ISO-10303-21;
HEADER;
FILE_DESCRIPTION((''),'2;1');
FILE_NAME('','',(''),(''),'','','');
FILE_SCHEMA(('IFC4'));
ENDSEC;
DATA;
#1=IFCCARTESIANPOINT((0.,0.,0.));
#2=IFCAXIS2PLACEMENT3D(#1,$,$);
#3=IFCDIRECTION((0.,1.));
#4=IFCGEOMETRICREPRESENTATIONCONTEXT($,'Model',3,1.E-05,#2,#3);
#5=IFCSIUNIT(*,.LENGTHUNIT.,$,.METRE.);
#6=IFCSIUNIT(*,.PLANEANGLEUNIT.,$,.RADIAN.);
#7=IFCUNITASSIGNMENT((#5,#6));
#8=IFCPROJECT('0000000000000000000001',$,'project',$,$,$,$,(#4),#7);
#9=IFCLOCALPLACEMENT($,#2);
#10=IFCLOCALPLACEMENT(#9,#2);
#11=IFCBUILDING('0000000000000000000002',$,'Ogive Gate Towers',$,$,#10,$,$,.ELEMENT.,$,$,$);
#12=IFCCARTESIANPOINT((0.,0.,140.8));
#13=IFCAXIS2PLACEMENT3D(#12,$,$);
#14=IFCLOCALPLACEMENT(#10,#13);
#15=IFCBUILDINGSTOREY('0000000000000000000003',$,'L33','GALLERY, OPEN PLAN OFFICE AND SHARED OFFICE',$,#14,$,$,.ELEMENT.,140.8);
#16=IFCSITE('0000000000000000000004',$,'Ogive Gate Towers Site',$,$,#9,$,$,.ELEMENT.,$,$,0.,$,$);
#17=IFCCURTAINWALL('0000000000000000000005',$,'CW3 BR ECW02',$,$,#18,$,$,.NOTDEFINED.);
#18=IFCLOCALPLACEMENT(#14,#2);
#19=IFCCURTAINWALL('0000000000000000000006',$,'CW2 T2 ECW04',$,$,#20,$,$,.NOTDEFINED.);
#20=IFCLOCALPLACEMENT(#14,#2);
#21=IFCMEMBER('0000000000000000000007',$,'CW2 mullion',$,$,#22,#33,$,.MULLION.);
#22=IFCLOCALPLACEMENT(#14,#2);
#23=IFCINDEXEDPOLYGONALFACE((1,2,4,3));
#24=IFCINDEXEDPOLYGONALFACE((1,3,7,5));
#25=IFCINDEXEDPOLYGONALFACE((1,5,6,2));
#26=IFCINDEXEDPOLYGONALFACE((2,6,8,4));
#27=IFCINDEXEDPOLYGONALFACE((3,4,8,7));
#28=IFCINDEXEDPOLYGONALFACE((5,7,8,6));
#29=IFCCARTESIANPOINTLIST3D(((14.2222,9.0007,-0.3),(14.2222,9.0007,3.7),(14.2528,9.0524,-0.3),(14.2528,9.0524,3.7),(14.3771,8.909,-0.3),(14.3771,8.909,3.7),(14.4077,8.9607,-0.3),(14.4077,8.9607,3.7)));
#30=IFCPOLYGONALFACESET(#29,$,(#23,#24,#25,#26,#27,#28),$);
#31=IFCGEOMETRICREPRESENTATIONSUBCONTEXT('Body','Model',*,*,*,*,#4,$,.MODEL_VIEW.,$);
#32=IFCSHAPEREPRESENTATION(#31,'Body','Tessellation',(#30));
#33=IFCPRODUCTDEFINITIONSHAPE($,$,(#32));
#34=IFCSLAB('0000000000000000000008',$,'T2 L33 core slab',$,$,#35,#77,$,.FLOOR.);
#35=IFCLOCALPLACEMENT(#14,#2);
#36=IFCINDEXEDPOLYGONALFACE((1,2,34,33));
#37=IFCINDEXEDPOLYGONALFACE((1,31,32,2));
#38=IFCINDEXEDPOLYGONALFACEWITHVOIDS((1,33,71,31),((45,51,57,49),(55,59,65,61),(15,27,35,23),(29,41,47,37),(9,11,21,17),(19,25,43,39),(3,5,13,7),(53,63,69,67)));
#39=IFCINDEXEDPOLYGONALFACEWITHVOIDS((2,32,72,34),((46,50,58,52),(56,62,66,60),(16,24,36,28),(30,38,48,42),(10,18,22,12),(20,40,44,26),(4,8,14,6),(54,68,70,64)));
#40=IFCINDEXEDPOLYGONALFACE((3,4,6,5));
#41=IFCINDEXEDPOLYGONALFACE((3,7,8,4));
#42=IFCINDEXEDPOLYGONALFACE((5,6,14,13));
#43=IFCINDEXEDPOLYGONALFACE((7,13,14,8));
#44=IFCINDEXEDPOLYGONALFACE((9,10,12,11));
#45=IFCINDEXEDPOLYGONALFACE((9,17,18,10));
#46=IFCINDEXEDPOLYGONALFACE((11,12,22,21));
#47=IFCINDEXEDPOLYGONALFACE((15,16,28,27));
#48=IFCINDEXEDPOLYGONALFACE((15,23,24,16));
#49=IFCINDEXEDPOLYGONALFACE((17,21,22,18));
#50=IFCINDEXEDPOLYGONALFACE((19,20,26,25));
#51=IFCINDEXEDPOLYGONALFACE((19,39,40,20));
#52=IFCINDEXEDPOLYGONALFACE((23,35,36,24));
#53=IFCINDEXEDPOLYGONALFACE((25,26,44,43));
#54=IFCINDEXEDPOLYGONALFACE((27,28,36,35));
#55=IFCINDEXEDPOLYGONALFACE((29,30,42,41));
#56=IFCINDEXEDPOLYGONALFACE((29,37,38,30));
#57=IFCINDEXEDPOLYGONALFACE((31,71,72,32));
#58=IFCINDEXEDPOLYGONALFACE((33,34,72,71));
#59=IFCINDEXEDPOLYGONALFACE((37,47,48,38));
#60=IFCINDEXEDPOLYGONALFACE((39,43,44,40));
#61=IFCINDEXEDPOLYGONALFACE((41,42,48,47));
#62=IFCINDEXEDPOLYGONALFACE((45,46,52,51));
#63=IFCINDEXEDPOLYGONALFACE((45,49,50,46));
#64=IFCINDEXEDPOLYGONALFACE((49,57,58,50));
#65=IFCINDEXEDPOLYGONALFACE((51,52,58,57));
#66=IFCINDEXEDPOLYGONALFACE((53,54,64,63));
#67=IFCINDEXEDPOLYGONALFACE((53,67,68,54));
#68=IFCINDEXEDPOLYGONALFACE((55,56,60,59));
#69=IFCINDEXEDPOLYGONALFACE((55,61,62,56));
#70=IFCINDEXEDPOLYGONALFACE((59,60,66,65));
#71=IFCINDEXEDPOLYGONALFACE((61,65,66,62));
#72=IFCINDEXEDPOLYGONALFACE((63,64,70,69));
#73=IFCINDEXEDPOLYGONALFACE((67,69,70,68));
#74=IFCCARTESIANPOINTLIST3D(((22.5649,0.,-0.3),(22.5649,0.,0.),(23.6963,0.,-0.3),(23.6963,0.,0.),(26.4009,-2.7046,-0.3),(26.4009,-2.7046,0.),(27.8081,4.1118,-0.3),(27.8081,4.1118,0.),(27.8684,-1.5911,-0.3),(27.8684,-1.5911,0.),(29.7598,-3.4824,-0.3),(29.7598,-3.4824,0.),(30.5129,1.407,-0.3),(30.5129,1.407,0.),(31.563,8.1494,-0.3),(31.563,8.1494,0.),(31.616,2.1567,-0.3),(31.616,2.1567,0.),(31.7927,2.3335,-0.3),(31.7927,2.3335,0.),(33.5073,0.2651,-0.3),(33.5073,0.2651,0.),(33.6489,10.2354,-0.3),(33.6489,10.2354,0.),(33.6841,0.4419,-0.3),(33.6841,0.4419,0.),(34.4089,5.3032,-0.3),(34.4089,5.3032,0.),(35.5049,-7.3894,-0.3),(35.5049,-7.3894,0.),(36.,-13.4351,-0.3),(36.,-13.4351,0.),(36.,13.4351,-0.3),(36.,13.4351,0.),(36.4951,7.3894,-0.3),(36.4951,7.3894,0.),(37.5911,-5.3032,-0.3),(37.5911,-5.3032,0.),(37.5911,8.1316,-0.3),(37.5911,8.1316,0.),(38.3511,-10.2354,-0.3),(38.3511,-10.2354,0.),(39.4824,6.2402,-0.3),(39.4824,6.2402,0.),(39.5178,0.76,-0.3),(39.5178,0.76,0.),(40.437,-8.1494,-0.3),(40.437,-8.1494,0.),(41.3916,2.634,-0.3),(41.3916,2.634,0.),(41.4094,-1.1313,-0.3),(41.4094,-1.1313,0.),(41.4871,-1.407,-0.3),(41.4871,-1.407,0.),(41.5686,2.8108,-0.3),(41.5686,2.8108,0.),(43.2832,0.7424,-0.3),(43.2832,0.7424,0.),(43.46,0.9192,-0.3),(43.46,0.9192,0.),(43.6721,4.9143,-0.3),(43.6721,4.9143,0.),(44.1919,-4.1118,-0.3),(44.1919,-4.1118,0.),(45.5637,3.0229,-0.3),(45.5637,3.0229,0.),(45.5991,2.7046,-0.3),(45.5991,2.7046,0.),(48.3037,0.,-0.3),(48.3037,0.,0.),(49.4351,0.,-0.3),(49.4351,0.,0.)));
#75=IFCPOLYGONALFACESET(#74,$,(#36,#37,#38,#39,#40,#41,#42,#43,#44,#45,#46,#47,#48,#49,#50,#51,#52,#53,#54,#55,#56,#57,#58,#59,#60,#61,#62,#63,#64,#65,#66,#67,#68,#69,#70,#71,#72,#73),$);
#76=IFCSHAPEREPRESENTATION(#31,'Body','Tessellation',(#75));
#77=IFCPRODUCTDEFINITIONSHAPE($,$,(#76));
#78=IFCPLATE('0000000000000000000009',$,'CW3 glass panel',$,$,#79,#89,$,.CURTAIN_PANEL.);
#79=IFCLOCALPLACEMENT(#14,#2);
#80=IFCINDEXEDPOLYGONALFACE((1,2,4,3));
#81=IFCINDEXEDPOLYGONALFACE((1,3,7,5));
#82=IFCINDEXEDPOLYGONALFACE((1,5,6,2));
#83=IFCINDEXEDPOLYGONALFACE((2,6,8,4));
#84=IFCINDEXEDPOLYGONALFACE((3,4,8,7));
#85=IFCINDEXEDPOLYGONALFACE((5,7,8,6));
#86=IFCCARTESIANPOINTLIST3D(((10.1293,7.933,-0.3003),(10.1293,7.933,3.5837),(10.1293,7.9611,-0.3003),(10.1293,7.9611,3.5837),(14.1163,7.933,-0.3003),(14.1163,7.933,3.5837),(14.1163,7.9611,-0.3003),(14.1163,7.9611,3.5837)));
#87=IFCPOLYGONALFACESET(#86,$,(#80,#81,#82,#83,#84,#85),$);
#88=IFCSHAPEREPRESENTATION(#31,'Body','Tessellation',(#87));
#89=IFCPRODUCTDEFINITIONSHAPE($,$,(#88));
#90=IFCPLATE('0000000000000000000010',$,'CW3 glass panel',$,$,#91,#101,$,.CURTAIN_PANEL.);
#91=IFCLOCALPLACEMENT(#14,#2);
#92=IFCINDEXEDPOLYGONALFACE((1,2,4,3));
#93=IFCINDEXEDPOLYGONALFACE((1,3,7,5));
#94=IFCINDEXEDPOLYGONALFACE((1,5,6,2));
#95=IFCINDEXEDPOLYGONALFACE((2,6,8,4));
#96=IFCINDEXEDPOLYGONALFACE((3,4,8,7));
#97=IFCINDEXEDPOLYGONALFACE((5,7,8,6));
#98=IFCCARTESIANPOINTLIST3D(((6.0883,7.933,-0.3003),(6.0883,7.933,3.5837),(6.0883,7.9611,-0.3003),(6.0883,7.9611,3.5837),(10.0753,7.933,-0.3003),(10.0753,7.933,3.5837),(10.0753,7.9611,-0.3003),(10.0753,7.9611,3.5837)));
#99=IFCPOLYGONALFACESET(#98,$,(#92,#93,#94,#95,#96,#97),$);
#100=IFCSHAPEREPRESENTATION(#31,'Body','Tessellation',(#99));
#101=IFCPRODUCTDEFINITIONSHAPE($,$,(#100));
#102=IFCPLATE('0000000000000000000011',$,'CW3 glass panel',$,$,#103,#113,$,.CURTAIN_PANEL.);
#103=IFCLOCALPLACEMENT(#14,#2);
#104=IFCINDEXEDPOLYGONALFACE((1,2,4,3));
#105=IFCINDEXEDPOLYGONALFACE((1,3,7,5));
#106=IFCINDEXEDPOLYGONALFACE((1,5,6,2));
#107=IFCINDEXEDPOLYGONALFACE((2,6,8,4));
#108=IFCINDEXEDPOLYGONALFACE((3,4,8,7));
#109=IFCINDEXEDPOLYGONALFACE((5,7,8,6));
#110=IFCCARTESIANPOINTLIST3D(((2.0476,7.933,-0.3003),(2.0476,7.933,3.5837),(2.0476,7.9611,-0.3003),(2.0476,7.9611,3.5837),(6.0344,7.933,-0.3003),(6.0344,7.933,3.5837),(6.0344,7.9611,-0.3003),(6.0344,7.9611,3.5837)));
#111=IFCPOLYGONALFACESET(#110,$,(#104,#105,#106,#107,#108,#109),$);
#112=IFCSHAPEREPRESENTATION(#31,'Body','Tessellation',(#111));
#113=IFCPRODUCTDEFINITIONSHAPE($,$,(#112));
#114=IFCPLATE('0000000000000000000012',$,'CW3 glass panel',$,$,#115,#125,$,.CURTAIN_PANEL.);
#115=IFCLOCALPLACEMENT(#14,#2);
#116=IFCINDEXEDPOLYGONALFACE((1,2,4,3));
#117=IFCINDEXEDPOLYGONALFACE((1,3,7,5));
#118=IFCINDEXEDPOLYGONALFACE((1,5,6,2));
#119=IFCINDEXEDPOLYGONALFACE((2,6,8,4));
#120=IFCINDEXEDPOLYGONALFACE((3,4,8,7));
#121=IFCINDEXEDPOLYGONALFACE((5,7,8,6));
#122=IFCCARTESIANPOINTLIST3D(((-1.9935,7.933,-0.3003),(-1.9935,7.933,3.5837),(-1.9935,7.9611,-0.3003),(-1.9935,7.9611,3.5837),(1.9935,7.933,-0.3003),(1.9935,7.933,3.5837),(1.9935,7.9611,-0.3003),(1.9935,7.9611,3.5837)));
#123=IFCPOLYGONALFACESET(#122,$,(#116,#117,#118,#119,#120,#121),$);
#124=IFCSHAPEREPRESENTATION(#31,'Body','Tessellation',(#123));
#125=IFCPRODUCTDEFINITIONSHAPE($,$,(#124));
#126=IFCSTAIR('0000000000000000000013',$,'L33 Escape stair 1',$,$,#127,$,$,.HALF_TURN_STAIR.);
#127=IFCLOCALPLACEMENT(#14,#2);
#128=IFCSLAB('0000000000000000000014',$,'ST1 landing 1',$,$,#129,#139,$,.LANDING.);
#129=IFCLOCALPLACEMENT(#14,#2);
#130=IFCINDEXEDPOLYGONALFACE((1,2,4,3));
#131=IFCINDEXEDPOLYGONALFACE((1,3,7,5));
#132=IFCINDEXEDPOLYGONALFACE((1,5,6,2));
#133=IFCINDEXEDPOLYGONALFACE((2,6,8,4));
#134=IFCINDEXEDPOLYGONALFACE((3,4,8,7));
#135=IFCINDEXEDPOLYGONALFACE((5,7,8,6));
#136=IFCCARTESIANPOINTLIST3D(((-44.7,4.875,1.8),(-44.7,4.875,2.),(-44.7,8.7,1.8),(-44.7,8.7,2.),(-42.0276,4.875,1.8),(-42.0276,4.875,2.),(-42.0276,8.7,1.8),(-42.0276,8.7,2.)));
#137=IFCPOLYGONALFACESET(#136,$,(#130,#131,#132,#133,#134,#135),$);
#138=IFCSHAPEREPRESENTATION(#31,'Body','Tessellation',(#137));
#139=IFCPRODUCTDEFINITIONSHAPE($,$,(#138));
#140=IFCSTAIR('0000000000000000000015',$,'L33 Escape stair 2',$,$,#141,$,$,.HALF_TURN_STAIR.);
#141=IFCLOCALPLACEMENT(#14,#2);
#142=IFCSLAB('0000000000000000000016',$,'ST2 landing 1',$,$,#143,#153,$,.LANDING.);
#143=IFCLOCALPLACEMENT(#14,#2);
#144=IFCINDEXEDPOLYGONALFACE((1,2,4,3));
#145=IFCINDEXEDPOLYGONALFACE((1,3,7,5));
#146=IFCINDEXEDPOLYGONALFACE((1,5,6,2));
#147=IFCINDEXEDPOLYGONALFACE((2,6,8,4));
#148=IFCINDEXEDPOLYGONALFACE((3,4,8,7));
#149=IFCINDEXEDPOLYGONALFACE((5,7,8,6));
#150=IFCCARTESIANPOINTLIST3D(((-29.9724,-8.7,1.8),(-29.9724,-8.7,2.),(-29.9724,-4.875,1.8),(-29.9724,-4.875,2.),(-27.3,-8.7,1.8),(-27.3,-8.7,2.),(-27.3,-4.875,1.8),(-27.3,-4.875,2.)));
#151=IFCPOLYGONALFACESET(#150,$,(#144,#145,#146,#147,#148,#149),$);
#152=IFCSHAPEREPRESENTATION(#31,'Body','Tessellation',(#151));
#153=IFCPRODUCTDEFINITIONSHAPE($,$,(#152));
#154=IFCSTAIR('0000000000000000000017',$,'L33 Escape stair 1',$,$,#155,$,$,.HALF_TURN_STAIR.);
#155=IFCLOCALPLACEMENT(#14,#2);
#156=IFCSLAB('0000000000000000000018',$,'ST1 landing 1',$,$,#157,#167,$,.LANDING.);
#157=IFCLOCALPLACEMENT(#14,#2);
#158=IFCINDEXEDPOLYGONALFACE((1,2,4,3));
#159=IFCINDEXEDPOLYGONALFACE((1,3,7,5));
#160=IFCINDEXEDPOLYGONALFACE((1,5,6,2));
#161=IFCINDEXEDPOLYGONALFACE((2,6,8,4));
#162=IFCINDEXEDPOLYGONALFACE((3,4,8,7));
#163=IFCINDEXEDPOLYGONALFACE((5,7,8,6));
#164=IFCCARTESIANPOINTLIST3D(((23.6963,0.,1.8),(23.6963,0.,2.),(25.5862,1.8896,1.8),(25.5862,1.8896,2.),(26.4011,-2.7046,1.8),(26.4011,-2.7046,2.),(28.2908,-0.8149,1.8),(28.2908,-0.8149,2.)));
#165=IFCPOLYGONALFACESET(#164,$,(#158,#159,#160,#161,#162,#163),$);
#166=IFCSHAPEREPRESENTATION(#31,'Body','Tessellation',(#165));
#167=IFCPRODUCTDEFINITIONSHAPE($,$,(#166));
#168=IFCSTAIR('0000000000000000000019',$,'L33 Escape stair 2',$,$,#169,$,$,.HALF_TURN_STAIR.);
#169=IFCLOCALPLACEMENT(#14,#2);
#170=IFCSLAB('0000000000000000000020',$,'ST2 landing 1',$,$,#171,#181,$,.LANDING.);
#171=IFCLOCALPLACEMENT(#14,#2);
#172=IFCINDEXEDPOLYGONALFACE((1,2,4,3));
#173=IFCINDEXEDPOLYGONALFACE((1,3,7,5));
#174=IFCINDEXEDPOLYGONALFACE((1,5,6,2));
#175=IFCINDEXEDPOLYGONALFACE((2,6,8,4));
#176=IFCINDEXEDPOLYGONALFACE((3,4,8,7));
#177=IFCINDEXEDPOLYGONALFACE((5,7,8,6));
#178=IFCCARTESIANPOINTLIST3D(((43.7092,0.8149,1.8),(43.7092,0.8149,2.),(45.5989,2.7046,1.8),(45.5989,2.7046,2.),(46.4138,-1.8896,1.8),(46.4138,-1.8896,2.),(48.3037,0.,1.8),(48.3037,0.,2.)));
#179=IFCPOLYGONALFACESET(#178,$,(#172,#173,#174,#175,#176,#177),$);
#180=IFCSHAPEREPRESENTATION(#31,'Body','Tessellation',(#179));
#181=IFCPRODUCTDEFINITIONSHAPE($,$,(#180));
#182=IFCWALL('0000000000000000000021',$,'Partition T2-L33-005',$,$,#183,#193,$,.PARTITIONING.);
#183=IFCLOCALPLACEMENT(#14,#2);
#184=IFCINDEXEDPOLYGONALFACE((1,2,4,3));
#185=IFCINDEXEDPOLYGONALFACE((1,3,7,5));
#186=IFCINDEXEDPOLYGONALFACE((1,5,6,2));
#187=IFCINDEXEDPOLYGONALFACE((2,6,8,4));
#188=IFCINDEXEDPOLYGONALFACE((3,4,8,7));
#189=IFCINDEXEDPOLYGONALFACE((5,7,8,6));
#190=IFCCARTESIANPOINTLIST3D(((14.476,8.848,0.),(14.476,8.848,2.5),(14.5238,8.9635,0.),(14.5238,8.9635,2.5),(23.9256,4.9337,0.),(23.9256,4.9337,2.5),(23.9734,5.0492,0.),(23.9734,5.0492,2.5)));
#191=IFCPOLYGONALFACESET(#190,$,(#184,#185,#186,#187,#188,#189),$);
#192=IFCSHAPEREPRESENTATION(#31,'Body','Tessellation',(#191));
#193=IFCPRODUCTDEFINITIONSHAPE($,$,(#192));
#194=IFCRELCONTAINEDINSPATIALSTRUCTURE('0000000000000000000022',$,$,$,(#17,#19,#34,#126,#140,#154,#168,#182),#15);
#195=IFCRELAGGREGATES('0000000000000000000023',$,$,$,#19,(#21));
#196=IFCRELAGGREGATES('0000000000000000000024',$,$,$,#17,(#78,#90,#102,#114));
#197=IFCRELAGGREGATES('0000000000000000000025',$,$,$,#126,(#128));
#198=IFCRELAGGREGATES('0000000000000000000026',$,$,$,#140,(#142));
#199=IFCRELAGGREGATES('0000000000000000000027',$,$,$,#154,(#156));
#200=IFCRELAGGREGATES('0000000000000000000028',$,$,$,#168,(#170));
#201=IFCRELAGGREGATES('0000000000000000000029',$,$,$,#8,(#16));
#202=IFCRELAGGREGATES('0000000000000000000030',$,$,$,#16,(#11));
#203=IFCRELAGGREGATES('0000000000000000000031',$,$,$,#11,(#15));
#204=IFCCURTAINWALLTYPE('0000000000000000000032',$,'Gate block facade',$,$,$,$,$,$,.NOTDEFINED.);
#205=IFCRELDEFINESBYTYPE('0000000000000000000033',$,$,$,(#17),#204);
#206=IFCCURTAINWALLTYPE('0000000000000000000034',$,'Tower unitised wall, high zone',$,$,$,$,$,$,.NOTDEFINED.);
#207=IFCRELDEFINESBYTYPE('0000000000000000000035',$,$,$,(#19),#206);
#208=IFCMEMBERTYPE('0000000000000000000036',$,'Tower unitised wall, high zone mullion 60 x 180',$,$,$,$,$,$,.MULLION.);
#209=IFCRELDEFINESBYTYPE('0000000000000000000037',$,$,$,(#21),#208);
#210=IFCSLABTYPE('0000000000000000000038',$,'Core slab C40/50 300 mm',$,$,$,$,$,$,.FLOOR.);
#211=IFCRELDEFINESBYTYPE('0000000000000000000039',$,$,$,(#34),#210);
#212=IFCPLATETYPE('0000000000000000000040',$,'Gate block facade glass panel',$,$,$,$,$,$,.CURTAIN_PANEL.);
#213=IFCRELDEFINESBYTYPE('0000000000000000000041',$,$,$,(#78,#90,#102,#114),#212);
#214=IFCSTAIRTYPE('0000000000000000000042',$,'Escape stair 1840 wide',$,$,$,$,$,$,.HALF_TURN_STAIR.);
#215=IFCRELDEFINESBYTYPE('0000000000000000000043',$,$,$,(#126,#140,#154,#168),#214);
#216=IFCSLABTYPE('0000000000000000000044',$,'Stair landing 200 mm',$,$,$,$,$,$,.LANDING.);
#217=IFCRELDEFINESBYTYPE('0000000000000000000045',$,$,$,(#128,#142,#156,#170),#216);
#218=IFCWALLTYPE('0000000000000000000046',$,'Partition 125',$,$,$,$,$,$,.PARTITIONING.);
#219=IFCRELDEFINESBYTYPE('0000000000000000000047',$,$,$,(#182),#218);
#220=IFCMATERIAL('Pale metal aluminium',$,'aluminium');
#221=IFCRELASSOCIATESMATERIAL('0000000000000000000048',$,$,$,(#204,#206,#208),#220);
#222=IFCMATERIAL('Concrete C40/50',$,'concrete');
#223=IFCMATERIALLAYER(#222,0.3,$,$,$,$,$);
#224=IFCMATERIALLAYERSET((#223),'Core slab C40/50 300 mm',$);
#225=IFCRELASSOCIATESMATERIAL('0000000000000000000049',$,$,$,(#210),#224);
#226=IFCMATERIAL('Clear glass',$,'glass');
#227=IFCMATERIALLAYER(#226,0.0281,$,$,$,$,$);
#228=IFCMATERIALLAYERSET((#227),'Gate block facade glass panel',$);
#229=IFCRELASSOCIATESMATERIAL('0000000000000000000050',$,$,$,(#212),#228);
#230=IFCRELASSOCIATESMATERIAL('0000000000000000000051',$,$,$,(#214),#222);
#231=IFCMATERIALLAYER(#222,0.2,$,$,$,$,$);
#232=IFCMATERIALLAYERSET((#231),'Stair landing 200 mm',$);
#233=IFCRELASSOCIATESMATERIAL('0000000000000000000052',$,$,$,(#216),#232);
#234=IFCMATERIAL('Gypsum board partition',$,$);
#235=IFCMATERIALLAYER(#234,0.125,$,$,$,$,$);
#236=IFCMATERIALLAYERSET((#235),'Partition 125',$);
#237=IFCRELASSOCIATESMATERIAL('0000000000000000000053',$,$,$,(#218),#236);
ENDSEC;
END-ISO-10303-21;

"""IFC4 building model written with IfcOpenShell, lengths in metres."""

from ifc_helpers import new_model, si_unit, direction, frame, frame_2d, origin, origin_2d, place, context, subcontext, project, spatial, polyline, rectangle, outline, extrude, material, layer, layer_set, material_profile, profile_set, type_object, element, aggregate, save


model = new_model("IFC4")

# Units and contexts
model_context = context("Model", 3, precision=1e-05, world=origin(), true_north=direction((0.0, 1.0)))
body_context = subcontext(model_context, "Body", "Model", "MODEL_VIEW")
ifc_project = project(units=[si_unit("LENGTHUNIT", "METRE"), si_unit("PLANEANGLEUNIT", "RADIAN")], contexts=[model_context])

# Site, building, storey
site_placement = place(None, origin())
site = spatial("IfcSite", under=ifc_project, at=site_placement, Name="Ogive Gate Towers Site", CompositionType="ELEMENT", RefElevation=0.0)
building_placement = place(site_placement, origin())
building = spatial("IfcBuilding", under=site, at=building_placement, Name="Ogive Gate Towers", CompositionType="ELEMENT")
storey_placement = place(building_placement, frame((0.0, 0.0, 140.8)))
storey = spatial("IfcBuildingStorey", under=building, at=storey_placement, Name="L33", Description="GALLERY, OPEN PLAN OFFICE AND SHARED OFFICE", CompositionType="ELEMENT", Elevation=140.8)

# Curtain wall
ifc_material_1 = material(Name="Pale metal aluminium", Category="aluminium")
curtain_wall_type_1 = type_object("IfcCurtainWallType", Name="Gate block facade", PredefinedType="NOTDEFINED", material=ifc_material_1)
curtain_wall_1_placement = place(storey_placement, origin())
curtain_wall_1 = element("IfcCurtainWall", 1, at=curtain_wall_1_placement, inside=storey, type_object=curtain_wall_type_1, Name="CW3 BR ECW02", PredefinedType="NOTDEFINED")

# Curtain wall, member
curtain_wall_type_2 = type_object("IfcCurtainWallType", Name="Tower unitised wall, high zone", PredefinedType="NOTDEFINED", material=ifc_material_1)
curtain_wall_2_placement = place(storey_placement, origin())
curtain_wall_2 = element("IfcCurtainWall", 2, at=curtain_wall_2_placement, inside=storey, type_object=curtain_wall_type_2, Name="CW2 T2 ECW04", PredefinedType="NOTDEFINED")
ifc_material_profile_1 = material_profile(ifc_material_1, rectangle(XDim=0.1799, YDim=0.0601, at=origin_2d()), Name="60 x 180 aluminium box")
ifc_profile_set_1 = profile_set([ifc_material_profile_1], Name="Pale metal aluminium")
member_type_1 = type_object("IfcMemberType", Name="Tower unitised wall, high zone mullion 60 x 180", PredefinedType="MULLION", material=ifc_profile_set_1)
member_1_placement = place(storey_placement, frame((14.3149, 8.9807, -0.3), z_axis=(0.0, 0.0, 1.0), x_axis=(-0.860547, 0.509372, 0.0)))
member_1 = element("IfcMember", 3, at=member_1_placement, type_object=member_type_1, Name="CW2 mullion", PredefinedType="MULLION", context=body_context, shape_type="SweptSolid", body=[
    extrude(rectangle(XDim=0.1799, YDim=0.0601, at=origin_2d()), origin(), (0.0, 0.0, 1.0), 4.0),
])
aggregate(curtain_wall_2, [member_1])

# Slab
ifc_material_2 = material(Name="Concrete C40/50", Category="concrete")
ifc_layer_1 = layer(ifc_material_2, 0.3)
ifc_layer_set_1 = layer_set([ifc_layer_1], Name="Core slab C40/50 300 mm")
slab_type_1 = type_object("IfcSlabType", Name="Core slab C40/50 300 mm", PredefinedType="FLOOR", material=ifc_layer_set_1)
slab_1_placement = place(storey_placement, frame((0.0, 0.0, -0.3)))
element("IfcSlab", 4, at=slab_1_placement, inside=storey, type_object=slab_type_1, Name="T2 L33 core slab", PredefinedType="FLOOR", context=body_context, shape_type="SweptSolid", body=[
    extrude(outline(polyline([(36.0, -13.4351), (22.5649, 0.0), (36.0, 13.4351), (49.4351, 0.0), (36.0, -13.4351)]), holes=[polyline([(29.7598, -3.4824), (33.5073, 0.2651), (31.616, 2.1567), (27.8684, -1.5911), (29.7598, -3.4824)]), polyline([(31.7927, 2.3335), (33.6841, 0.4419), (39.4824, 6.2402), (37.5911, 8.1316), (31.7927, 2.3335)]), polyline([(41.3916, 2.634), (39.5178, 0.76), (41.4094, -1.1313), (43.2832, 0.7424), (41.3916, 2.634)]), polyline([(45.5637, 3.0229), (43.6721, 4.9143), (41.5686, 2.8108), (43.46, 0.9192), (45.5637, 3.0229)]), polyline([(34.4089, 5.3032), (36.4951, 7.3894), (33.6489, 10.2354), (31.563, 8.1494), (34.4089, 5.3032)]), polyline([(35.5049, -7.3894), (38.3511, -10.2354), (40.437, -8.1494), (37.5911, -5.3032), (35.5049, -7.3894)]), polyline([(26.4009, -2.7046), (30.5129, 1.407), (27.8081, 4.1118), (23.6963, 0.0), (26.4009, -2.7046)]), polyline([(48.3037, 0.0), (45.5991, 2.7046), (41.4871, -1.407), (44.1919, -4.1118), (48.3037, 0.0)])]), origin(), (0.0, 0.0, 1.0), 0.3),
])

# Plates
ifc_material_3 = material(Name="Clear glass", Category="glass")
ifc_layer_2 = layer(ifc_material_3, 0.0281)
ifc_layer_set_2 = layer_set([ifc_layer_2], Name="Gate block facade glass panel")
plate_type = type_object("IfcPlateType", Name="Gate block facade glass panel", PredefinedType="CURTAIN_PANEL", material=ifc_layer_set_2)
plate_1_placement = place(storey_placement, frame((12.1228, 7.947, -0.3003), z_axis=(0.0, 0.0, 1.0), x_axis=(-1.0, 0.0, 0.0)))
plate_1 = element("IfcPlate", 5, at=plate_1_placement, type_object=plate_type, Name="CW3 glass panel", PredefinedType="CURTAIN_PANEL", context=body_context, shape_type="SweptSolid", body=[
    extrude(rectangle(XDim=3.9871, YDim=0.0281, at=origin_2d()), origin(), (0.0, 0.0, 1.0), 3.884),
])
plate_2_placement = place(storey_placement, frame((8.0818, 7.947, -0.3003), z_axis=(0.0, 0.0, 1.0), x_axis=(-1.0, 0.0, 0.0)))
plate_2 = element("IfcPlate", 6, at=plate_2_placement, type_object=plate_type, Name="CW3 glass panel", PredefinedType="CURTAIN_PANEL", context=body_context, shape_type="SweptSolid", body=[
    extrude(rectangle(XDim=3.9871, YDim=0.0281, at=origin_2d()), origin(), (0.0, 0.0, 1.0), 3.884),
])
plate_3_placement = place(storey_placement, frame((4.041, 7.947, -0.3003), z_axis=(0.0, 0.0, 1.0), x_axis=(-1.0, 0.0, 0.0)))
plate_3 = element("IfcPlate", 7, at=plate_3_placement, type_object=plate_type, Name="CW3 glass panel", PredefinedType="CURTAIN_PANEL", context=body_context, shape_type="SweptSolid", body=[
    extrude(rectangle(XDim=3.9868, YDim=0.0281, at=origin_2d()), origin(), (0.0, 0.0, 1.0), 3.884),
])
plate_4_placement = place(storey_placement, frame((0.0, 7.947, -0.3003), z_axis=(0.0, 0.0, 1.0), x_axis=(-1.0, 0.0, 0.0)))
plate_4 = element("IfcPlate", 8, at=plate_4_placement, type_object=plate_type, Name="CW3 glass panel", PredefinedType="CURTAIN_PANEL", context=body_context, shape_type="SweptSolid", body=[
    extrude(rectangle(XDim=3.9871, YDim=0.0281, at=origin_2d()), origin(), (0.0, 0.0, 1.0), 3.884),
])
aggregate(curtain_wall_1, [plate_1, plate_2, plate_3, plate_4])

# Stairs, slabs
stair_type = type_object("IfcStairType", Name="Escape stair 1840 wide", PredefinedType="HALF_TURN_STAIR", material=ifc_material_2)
stair_1_placement = place(storey_placement, origin())
stair_1 = element("IfcStair", 9, at=stair_1_placement, inside=storey, type_object=stair_type, Name="L33 Escape stair 1", PredefinedType="HALF_TURN_STAIR")
ifc_layer_3 = layer(ifc_material_2, 0.2)
ifc_layer_set_3 = layer_set([ifc_layer_3], Name="Stair landing 200 mm")
slab_type_2 = type_object("IfcSlabType", Name="Stair landing 200 mm", PredefinedType="LANDING", material=ifc_layer_set_3)
slab_2_placement = place(storey_placement, frame((0.0, 0.0, 1.8)))
slab_2 = element("IfcSlab", 10, at=slab_2_placement, type_object=slab_type_2, Name="ST1 landing 1", PredefinedType="LANDING", context=body_context, shape_type="SweptSolid", body=[
    extrude(outline(polyline([(-42.0276, 8.7), (-44.7, 8.7), (-44.7, 4.875), (-42.0276, 4.875), (-42.0276, 8.7)])), origin(), (0.0, 0.0, 1.0), 0.2),
])
aggregate(stair_1, [slab_2])
stair_2_placement = place(storey_placement, origin())
stair_2 = element("IfcStair", 11, at=stair_2_placement, inside=storey, type_object=stair_type, Name="L33 Escape stair 2", PredefinedType="HALF_TURN_STAIR")
slab_3_placement = place(storey_placement, frame((0.0, 0.0, 1.8)))
slab_3 = element("IfcSlab", 12, at=slab_3_placement, type_object=slab_type_2, Name="ST2 landing 1", PredefinedType="LANDING", context=body_context, shape_type="SweptSolid", body=[
    extrude(outline(polyline([(-29.9724, -8.7), (-27.3, -8.7), (-27.3, -4.875), (-29.9724, -4.875), (-29.9724, -8.7)])), origin(), (0.0, 0.0, 1.0), 0.2),
])
aggregate(stair_2, [slab_3])
stair_3_placement = place(storey_placement, origin())
stair_3 = element("IfcStair", 13, at=stair_3_placement, inside=storey, type_object=stair_type, Name="L33 Escape stair 1", PredefinedType="HALF_TURN_STAIR")
slab_4_placement = place(storey_placement, frame((0.0, 0.0, 1.8)))
slab_4 = element("IfcSlab", 14, at=slab_4_placement, type_object=slab_type_2, Name="ST1 landing 1", PredefinedType="LANDING", context=body_context, shape_type="SweptSolid", body=[
    extrude(outline(polyline([(25.5862, 1.8896), (23.6963, 0.0), (26.4011, -2.7046), (28.2908, -0.8149), (25.5862, 1.8896)])), origin(), (0.0, 0.0, 1.0), 0.2),
])
aggregate(stair_3, [slab_4])
stair_4_placement = place(storey_placement, origin())
stair_4 = element("IfcStair", 15, at=stair_4_placement, inside=storey, type_object=stair_type, Name="L33 Escape stair 2", PredefinedType="HALF_TURN_STAIR")
slab_5_placement = place(storey_placement, frame((0.0, 0.0, 1.8)))
slab_5 = element("IfcSlab", 16, at=slab_5_placement, type_object=slab_type_2, Name="ST2 landing 1", PredefinedType="LANDING", context=body_context, shape_type="SweptSolid", body=[
    extrude(outline(polyline([(46.4138, -1.8896), (48.3037, 0.0), (45.5989, 2.7046), (43.7092, 0.8149), (46.4138, -1.8896)])), origin(), (0.0, 0.0, 1.0), 0.2),
])
aggregate(stair_4, [slab_5])

# Wall
ifc_material_4 = material(Name="Gypsum board partition")
ifc_layer_4 = layer(ifc_material_4, 0.125)
ifc_layer_set_4 = layer_set([ifc_layer_4], Name="Partition 125")
wall_type_1 = type_object("IfcWallType", Name="Partition 125", PredefinedType="PARTITIONING", material=ifc_layer_set_4)
wall_1_placement = place(storey_placement, frame((14.4998, 8.9058, 0.0), z_axis=(0.0, 0.0, 1.0), x_axis=(0.923876, -0.382693, 0.0)))
element("IfcWall", 17, at=wall_1_placement, inside=storey, type_object=wall_type_1, Name="Partition T2-L33-005", PredefinedType="PARTITIONING", context=body_context, shape_type="SweptSolid", body=[
    extrude(rectangle(XDim=10.2283, YDim=0.125, at=frame_2d((5.1143, 0.0))), origin(), (0.0, 0.0, 1.0), 2.5),
])

save(model, "model.ifc")
